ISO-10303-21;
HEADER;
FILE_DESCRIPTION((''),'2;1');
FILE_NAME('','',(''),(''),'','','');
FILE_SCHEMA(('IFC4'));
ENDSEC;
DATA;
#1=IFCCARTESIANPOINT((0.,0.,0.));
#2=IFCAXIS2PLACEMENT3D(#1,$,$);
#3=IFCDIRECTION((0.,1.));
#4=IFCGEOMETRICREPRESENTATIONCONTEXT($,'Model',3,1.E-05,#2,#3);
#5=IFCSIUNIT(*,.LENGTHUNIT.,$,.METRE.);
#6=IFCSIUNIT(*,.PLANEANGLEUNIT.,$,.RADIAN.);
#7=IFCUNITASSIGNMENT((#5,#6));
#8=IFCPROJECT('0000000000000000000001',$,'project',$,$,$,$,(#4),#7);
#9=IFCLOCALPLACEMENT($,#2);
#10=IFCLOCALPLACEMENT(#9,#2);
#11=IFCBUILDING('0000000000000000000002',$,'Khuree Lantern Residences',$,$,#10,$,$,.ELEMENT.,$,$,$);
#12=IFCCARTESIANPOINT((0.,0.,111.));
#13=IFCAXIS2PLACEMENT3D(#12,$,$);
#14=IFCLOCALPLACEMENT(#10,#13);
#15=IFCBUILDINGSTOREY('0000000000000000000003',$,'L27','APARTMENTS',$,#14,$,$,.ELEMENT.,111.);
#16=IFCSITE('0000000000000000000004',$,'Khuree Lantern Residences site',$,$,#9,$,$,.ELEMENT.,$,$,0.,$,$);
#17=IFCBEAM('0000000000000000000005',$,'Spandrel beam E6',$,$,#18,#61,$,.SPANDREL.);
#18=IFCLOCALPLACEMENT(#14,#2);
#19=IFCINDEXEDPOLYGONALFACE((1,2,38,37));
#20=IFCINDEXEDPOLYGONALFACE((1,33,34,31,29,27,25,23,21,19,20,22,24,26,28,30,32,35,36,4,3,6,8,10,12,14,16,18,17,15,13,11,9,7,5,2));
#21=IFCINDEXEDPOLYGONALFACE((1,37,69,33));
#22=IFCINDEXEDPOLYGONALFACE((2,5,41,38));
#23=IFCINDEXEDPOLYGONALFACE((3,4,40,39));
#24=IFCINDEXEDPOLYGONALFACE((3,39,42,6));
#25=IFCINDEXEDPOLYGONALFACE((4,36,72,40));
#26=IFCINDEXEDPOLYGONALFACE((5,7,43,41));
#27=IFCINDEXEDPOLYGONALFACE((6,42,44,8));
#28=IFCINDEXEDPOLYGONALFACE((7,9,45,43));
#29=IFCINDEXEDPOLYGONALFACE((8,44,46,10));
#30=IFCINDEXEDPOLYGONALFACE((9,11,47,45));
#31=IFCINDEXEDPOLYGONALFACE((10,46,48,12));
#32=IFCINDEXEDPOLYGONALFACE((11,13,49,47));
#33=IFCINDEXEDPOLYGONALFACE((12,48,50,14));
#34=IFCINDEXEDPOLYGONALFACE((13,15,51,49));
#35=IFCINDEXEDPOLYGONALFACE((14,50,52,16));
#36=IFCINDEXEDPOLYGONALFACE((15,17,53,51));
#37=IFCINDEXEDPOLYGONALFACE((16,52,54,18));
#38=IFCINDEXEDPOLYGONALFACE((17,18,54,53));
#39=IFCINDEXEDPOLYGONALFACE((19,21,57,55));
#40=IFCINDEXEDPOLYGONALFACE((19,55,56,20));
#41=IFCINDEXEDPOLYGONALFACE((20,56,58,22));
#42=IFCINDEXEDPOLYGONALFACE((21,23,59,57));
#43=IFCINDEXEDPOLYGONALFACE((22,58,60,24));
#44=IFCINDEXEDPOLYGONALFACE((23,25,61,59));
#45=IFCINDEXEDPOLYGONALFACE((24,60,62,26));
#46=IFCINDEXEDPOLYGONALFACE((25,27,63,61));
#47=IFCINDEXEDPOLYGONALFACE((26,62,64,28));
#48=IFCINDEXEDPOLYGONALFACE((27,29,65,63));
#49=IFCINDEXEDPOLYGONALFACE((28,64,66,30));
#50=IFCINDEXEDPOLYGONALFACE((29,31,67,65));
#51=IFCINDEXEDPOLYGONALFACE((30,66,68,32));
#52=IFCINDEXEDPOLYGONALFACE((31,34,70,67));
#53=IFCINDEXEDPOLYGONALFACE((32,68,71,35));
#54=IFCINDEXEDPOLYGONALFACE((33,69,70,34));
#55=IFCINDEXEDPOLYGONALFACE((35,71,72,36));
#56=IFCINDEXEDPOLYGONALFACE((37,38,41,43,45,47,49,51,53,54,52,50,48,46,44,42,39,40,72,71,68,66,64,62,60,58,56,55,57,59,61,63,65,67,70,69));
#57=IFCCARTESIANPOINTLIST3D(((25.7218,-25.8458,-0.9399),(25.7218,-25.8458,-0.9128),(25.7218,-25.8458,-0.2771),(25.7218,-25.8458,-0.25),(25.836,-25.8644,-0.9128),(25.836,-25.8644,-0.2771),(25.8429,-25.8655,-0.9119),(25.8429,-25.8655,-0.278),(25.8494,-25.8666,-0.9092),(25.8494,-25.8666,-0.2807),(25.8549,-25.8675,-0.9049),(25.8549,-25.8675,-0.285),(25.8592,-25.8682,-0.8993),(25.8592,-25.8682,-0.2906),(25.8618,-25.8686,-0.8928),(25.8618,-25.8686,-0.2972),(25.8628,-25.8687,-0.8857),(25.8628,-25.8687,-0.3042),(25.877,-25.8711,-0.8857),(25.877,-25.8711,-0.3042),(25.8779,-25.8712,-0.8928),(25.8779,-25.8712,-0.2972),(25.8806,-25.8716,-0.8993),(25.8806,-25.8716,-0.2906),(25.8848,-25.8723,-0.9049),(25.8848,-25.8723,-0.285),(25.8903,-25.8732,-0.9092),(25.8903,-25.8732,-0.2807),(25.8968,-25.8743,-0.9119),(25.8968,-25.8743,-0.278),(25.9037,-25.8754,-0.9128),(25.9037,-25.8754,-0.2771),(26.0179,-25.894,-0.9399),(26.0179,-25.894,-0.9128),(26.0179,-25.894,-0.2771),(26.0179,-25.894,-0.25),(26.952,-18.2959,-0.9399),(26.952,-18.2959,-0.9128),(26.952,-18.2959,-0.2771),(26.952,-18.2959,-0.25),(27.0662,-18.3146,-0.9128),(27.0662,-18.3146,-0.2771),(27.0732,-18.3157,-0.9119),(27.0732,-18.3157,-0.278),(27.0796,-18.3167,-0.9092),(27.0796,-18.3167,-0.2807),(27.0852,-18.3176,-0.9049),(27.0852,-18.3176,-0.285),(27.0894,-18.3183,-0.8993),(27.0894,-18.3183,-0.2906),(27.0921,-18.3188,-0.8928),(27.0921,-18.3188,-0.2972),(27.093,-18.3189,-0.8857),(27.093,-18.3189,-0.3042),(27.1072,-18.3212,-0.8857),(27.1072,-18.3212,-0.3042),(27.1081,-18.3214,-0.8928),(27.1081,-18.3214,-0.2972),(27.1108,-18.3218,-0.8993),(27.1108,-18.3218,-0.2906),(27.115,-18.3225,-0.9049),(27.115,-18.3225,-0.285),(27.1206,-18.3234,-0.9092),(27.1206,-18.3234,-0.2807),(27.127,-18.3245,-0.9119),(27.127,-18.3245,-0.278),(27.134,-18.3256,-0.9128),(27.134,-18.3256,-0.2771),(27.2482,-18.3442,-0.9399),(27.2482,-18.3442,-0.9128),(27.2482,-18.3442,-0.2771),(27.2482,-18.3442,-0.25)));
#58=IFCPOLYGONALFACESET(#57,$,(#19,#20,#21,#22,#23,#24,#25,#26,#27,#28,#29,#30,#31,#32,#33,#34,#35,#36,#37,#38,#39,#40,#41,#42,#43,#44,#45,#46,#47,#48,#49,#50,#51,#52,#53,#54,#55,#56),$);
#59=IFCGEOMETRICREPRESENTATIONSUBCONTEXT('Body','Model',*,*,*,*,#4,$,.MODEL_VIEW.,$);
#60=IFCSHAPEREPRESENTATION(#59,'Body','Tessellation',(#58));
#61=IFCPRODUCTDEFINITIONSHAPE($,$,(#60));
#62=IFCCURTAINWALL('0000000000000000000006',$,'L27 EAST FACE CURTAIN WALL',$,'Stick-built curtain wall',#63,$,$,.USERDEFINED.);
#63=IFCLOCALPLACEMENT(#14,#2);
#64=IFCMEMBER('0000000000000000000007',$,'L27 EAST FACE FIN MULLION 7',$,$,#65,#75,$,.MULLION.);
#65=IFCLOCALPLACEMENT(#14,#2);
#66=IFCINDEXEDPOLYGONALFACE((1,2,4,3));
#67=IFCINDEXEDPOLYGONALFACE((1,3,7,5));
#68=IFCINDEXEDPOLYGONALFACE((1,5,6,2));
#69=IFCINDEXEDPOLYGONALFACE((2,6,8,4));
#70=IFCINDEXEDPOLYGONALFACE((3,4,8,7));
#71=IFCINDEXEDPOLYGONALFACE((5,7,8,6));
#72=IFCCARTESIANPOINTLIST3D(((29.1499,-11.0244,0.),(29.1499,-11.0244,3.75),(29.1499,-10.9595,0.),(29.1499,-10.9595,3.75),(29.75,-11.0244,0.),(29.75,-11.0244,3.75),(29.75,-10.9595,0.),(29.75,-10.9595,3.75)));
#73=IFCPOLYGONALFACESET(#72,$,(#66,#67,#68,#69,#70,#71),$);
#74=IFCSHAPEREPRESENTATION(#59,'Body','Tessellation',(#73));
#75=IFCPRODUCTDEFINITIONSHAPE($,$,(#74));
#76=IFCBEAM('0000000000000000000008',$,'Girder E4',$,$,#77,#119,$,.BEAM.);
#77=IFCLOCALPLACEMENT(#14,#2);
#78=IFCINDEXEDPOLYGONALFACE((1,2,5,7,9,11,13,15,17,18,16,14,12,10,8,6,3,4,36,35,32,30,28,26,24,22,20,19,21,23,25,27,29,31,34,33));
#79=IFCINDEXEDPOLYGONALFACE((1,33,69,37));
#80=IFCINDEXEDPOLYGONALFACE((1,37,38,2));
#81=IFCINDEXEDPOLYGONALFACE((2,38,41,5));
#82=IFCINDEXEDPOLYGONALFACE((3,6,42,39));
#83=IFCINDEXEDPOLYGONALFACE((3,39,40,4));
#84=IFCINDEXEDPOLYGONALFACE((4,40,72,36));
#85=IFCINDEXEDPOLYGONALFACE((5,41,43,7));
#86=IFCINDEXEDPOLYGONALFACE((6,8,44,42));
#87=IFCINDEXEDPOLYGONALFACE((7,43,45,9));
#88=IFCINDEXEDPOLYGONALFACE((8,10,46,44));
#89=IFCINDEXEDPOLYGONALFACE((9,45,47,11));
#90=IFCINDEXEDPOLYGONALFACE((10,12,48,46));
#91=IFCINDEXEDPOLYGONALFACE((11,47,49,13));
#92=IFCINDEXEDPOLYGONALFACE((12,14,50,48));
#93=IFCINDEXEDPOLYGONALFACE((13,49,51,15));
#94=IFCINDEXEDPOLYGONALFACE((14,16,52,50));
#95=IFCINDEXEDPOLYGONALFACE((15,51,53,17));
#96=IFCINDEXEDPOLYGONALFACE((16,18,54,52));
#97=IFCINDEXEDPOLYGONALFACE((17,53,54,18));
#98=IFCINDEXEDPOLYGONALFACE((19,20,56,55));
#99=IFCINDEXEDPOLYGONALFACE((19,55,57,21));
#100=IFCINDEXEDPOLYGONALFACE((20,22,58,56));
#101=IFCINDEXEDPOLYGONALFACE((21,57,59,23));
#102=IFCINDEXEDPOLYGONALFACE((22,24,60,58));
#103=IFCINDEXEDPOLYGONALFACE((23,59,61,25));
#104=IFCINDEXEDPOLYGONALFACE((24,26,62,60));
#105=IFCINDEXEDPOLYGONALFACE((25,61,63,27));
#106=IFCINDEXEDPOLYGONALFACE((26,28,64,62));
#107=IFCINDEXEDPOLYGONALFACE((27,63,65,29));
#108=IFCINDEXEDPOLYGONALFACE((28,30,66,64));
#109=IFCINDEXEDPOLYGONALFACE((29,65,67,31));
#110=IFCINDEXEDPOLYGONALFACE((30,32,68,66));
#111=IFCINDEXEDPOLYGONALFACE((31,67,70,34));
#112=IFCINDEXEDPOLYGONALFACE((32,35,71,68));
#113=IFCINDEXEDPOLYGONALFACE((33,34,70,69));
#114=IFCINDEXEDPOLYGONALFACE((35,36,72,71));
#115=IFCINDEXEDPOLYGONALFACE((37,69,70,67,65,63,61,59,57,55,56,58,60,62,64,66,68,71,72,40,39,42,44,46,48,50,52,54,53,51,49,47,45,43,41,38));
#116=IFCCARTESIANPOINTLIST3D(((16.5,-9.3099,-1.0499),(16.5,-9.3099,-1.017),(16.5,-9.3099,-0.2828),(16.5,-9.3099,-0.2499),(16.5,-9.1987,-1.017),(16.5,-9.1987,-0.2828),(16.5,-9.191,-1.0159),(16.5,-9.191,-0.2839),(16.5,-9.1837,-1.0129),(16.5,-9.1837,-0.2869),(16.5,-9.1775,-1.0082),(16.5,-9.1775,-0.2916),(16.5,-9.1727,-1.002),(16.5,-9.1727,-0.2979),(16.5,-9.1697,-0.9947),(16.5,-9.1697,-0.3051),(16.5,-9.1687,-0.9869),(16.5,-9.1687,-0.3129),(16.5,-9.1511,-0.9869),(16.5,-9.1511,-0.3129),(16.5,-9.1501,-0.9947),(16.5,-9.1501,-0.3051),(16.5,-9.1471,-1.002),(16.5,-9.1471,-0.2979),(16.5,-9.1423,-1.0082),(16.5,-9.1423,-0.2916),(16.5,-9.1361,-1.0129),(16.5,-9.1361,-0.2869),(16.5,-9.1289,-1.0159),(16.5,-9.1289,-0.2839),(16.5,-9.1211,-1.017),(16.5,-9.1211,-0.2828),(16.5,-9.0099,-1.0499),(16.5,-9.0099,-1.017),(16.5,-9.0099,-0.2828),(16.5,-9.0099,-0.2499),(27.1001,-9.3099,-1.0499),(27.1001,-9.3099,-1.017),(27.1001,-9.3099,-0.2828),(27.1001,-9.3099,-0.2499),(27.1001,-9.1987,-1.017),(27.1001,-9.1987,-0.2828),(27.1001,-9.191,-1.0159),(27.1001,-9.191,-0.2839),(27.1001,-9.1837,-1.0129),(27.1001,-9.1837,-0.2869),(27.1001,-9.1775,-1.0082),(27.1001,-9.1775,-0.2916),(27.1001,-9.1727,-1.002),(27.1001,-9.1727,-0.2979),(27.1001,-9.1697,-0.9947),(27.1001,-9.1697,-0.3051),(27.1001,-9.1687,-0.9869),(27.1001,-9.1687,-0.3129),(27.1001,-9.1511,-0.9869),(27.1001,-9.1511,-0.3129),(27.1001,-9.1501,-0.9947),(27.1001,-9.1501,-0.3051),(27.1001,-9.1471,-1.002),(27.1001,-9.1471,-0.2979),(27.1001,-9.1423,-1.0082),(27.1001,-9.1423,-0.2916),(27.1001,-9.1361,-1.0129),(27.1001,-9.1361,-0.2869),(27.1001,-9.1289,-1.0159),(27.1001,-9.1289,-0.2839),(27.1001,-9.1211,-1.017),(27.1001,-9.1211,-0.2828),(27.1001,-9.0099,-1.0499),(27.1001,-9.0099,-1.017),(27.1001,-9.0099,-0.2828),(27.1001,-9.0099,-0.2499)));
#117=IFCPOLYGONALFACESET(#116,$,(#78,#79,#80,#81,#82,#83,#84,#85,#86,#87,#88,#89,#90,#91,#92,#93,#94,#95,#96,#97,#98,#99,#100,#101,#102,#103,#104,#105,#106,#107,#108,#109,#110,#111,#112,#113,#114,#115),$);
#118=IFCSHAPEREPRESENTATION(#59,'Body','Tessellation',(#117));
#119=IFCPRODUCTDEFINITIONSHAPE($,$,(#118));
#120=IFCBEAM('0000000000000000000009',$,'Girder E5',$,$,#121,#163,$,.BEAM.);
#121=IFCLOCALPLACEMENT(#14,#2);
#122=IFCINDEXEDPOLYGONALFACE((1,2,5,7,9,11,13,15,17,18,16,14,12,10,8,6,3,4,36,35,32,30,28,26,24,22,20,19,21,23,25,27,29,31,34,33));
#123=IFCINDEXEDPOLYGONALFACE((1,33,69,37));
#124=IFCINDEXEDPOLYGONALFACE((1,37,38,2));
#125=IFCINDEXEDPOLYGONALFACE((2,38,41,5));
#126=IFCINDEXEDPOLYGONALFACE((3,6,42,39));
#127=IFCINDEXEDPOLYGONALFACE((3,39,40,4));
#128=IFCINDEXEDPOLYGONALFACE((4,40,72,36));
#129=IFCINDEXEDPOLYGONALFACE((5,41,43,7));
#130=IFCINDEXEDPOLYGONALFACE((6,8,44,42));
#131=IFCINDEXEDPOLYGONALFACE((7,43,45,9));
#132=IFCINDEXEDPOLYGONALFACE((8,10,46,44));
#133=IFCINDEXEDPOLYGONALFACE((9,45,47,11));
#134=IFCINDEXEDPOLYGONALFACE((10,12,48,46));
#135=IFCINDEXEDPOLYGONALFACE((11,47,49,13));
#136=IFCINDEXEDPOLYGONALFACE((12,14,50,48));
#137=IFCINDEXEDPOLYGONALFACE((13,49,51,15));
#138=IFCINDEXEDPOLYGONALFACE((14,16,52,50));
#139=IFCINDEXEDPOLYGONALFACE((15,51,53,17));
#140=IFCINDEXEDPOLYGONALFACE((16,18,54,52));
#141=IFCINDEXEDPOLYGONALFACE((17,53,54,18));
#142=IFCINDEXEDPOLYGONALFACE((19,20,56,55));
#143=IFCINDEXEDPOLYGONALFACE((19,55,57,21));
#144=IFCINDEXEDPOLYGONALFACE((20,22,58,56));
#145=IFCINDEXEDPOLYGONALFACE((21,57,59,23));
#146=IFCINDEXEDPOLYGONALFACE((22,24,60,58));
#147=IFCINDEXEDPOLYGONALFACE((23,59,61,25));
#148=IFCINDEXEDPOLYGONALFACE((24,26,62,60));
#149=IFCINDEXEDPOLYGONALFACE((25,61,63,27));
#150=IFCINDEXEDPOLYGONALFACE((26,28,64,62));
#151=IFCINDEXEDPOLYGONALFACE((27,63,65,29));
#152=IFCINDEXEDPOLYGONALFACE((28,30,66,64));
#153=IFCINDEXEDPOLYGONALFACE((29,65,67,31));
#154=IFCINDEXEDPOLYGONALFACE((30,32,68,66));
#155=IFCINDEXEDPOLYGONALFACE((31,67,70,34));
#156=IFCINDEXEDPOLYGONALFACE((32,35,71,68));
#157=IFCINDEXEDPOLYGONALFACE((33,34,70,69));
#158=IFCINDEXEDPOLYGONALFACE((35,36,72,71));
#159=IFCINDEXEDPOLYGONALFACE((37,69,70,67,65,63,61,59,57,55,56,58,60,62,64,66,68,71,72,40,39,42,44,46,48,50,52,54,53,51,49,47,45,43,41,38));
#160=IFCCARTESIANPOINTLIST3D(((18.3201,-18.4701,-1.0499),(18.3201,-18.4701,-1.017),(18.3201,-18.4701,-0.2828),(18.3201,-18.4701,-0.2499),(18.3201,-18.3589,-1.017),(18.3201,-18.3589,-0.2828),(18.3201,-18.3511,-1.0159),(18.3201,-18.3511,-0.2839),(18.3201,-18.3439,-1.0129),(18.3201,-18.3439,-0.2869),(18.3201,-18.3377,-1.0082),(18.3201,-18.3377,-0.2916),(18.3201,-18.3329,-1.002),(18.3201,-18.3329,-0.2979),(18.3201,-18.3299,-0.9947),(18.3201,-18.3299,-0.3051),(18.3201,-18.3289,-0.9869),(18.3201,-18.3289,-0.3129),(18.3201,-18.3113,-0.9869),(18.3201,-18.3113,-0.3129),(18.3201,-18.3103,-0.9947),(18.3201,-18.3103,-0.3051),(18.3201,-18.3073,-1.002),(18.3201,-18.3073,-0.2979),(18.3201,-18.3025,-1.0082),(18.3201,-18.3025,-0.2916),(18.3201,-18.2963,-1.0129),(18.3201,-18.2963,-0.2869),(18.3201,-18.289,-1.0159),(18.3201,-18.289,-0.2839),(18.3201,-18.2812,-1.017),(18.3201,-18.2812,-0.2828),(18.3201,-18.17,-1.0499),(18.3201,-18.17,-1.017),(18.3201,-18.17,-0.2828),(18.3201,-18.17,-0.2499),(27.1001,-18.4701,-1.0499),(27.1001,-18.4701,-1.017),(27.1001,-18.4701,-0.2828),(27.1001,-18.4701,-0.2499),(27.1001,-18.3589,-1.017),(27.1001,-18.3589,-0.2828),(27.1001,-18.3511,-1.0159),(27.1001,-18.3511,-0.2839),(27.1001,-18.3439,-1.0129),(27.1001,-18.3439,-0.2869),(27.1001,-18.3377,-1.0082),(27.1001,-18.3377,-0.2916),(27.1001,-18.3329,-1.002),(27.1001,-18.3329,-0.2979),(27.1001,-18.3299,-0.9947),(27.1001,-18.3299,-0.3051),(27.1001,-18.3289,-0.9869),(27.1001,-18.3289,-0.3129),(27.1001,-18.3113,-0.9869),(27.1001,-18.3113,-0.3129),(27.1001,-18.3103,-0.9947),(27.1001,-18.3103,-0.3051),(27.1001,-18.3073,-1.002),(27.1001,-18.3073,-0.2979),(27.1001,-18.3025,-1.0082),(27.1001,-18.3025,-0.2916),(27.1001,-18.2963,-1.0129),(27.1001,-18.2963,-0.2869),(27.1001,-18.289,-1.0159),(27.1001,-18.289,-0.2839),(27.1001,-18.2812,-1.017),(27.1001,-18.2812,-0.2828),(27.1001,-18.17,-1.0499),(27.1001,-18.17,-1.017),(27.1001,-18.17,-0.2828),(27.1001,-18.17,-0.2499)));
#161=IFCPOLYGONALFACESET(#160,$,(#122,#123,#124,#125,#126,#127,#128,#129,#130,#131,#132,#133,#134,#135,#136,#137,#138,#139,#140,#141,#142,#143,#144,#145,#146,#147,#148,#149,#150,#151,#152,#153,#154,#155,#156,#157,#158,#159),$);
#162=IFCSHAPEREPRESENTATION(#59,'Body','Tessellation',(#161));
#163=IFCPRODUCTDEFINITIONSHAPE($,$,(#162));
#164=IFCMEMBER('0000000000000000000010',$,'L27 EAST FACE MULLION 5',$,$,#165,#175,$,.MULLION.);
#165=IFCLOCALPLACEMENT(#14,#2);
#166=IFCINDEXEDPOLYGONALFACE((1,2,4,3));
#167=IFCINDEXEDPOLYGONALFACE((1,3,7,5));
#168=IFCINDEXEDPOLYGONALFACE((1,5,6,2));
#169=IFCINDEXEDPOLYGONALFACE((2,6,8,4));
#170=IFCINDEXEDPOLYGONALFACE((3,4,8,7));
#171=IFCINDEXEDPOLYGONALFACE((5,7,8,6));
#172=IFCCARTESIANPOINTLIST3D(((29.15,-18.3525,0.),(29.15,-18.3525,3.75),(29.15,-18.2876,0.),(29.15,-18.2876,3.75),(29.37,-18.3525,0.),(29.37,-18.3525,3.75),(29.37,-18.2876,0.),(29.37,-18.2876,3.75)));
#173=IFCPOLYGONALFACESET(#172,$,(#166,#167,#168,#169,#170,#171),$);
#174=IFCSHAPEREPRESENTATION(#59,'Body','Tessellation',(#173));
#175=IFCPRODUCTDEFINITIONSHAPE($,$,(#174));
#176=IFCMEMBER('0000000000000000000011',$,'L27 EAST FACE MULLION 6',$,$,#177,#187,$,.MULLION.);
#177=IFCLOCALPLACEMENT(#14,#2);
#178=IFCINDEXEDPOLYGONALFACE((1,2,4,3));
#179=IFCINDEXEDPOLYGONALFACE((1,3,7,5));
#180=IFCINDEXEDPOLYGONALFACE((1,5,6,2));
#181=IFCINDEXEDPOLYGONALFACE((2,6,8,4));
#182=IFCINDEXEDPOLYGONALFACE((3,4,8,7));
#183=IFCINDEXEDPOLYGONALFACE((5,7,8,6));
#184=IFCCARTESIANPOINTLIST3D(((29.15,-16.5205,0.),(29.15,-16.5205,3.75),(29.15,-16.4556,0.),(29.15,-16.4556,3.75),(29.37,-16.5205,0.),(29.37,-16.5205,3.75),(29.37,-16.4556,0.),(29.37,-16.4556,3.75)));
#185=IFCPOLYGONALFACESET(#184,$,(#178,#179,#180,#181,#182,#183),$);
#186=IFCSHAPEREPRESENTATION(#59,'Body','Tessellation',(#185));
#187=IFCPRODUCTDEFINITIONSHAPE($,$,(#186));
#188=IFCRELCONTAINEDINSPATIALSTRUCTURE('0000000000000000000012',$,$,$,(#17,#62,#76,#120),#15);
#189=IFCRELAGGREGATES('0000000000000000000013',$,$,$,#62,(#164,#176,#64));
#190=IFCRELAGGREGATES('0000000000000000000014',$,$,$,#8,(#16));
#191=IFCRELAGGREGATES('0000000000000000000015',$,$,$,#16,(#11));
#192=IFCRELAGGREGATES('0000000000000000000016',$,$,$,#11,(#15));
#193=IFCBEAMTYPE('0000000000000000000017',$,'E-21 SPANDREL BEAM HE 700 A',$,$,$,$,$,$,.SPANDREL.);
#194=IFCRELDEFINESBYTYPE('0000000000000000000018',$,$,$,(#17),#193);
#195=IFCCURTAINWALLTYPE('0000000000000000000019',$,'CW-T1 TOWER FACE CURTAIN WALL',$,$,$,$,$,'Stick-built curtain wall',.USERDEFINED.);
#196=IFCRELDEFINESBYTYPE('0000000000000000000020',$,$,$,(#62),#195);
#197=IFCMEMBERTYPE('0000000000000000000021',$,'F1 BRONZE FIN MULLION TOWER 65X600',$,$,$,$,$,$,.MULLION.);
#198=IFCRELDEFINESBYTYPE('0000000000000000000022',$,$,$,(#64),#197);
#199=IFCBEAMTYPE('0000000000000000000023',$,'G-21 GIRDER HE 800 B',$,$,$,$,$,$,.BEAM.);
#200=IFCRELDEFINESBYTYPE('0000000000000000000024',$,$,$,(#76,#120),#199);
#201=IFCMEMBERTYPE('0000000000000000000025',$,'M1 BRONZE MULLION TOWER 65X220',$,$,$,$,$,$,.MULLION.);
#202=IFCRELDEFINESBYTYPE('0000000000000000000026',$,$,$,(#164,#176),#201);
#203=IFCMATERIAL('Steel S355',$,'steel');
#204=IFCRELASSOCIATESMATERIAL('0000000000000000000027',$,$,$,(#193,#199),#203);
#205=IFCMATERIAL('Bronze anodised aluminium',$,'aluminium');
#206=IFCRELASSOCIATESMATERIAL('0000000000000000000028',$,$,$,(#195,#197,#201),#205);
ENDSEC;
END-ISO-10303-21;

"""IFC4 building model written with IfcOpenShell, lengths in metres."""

from ifc_helpers import new_model, si_unit, direction, frame, origin, origin_2d, place, context, subcontext, project, spatial, rectangle, i_section, extrude, material, material_profile, profile_set, type_object, element, aggregate, save


model = new_model("IFC4")

# Units and contexts
model_context = context("Model", 3, precision=1e-05, world=origin(), true_north=direction((0.0, 1.0)))
body_context = subcontext(model_context, "Body", "Model", "MODEL_VIEW")
ifc_project = project(units=[si_unit("LENGTHUNIT", "METRE"), si_unit("PLANEANGLEUNIT", "RADIAN")], contexts=[model_context])

# Site, building, storey
site_placement = place(None, origin())
site = spatial("IfcSite", under=ifc_project, at=site_placement, Name="Khuree Lantern Residences site", CompositionType="ELEMENT", RefElevation=0.0)
building_placement = place(site_placement, origin())
building = spatial("IfcBuilding", under=site, at=building_placement, Name="Khuree Lantern Residences", CompositionType="ELEMENT")
storey_placement = place(building_placement, frame((0.0, 0.0, 111.0)))
storey = spatial("IfcBuildingStorey", under=building, at=storey_placement, Name="L27", Description="APARTMENTS", CompositionType="ELEMENT", Elevation=111.0)

# Beam
ifc_material_1 = material(Name="Steel S355", Category="steel")
ifc_material_profile_1 = material_profile(ifc_material_1, i_section(OverallWidth=0.3, OverallDepth=0.6899, WebThickness=0.0144, FlangeThickness=0.0271, FilletRadius=0.0271, at=origin_2d()), Name="HE 700 A")
ifc_profile_set_1 = profile_set([ifc_material_profile_1], Name="Steel S355")
beam_type_1 = type_object("IfcBeamType", Name="E-21 SPANDREL BEAM HE 700 A", PredefinedType="SPANDREL", material=ifc_profile_set_1)
beam_1_placement = place(storey_placement, frame((27.1001, -18.3201, -0.595), z_axis=(-0.160827, -0.986983, 0.0), x_axis=(0.986983, -0.160827, 0.0)))
element("IfcBeam", 1, at=beam_1_placement, inside=storey, type_object=beam_type_1, Name="Spandrel beam E6", PredefinedType="SPANDREL", context=body_context, shape_type="SweptSolid", body=[
    extrude(i_section(OverallWidth=0.3, OverallDepth=0.6899, WebThickness=0.0144, FlangeThickness=0.0271, FilletRadius=0.0271, at=origin_2d()), origin(), (0.0, 0.0, 1.0), 7.6494),
])

# Curtain wall, member
ifc_material_2 = material(Name="Bronze anodised aluminium", Category="aluminium")
curtain_wall_type = type_object("IfcCurtainWallType", Name="CW-T1 TOWER FACE CURTAIN WALL", ElementType="Stick-built curtain wall", PredefinedType="USERDEFINED", material=ifc_material_2)
curtain_wall_placement = place(storey_placement, origin())
curtain_wall = element("IfcCurtainWall", 2, at=curtain_wall_placement, inside=storey, type_object=curtain_wall_type, Name="L27 EAST FACE CURTAIN WALL", ObjectType="Stick-built curtain wall", PredefinedType="USERDEFINED")
ifc_material_profile_2 = material_profile(ifc_material_2, rectangle(XDim=0.0649, YDim=0.6001, at=origin_2d()), Name="F1 65X600")
ifc_profile_set_2 = profile_set([ifc_material_profile_2], Name="Bronze anodised aluminium")
member_type_1 = type_object("IfcMemberType", Name="F1 BRONZE FIN MULLION TOWER 65X600", PredefinedType="MULLION", material=ifc_profile_set_2)
member_1_placement = place(storey_placement, frame((29.45, -10.9919, 0.0), z_axis=(0.0, 0.0, 1.0), x_axis=(0.0, 1.0, 0.0)))
member_1 = element("IfcMember", 3, at=member_1_placement, type_object=member_type_1, Name="L27 EAST FACE FIN MULLION 7", PredefinedType="MULLION", context=body_context, shape_type="SweptSolid", body=[
    extrude(rectangle(XDim=0.0649, YDim=0.6001, at=origin_2d()), origin(), (0.0, 0.0, 1.0), 3.75),
])

# Beams
ifc_material_profile_3 = material_profile(ifc_material_1, i_section(OverallWidth=0.3, OverallDepth=0.8, WebThickness=0.0176, FlangeThickness=0.033, FilletRadius=0.03, at=origin_2d()), Name="HE 800 B")
ifc_profile_set_3 = profile_set([ifc_material_profile_3], Name="Steel S355")
beam_type_2 = type_object("IfcBeamType", Name="G-21 GIRDER HE 800 B", PredefinedType="BEAM", material=ifc_profile_set_3)
beam_2_placement = place(storey_placement, frame((27.1001, -9.1599, -0.6499), z_axis=(-1.0, 0.0, 0.0), x_axis=(0.0, -1.0, 0.0)))
element("IfcBeam", 4, at=beam_2_placement, inside=storey, type_object=beam_type_2, Name="Girder E4", PredefinedType="BEAM", context=body_context, shape_type="SweptSolid", body=[
    extrude(i_section(OverallWidth=0.3, OverallDepth=0.8, WebThickness=0.0176, FlangeThickness=0.033, FilletRadius=0.03, at=origin_2d()), origin(), (0.0, 0.0, 1.0), 10.6001),
])
beam_3_placement = place(storey_placement, frame((27.1001, -18.3201, -0.6499), z_axis=(-1.0, 0.0, 0.0), x_axis=(0.0, -1.0, 0.0)))
element("IfcBeam", 5, at=beam_3_placement, inside=storey, type_object=beam_type_2, Name="Girder E5", PredefinedType="BEAM", context=body_context, shape_type="SweptSolid", body=[
    extrude(i_section(OverallWidth=0.3, OverallDepth=0.8, WebThickness=0.0176, FlangeThickness=0.033, FilletRadius=0.03, at=origin_2d()), origin(), (0.0, 0.0, 1.0), 8.78),
])

# Members
ifc_material_profile_4 = material_profile(ifc_material_2, rectangle(XDim=0.0649, YDim=0.22, at=origin_2d()), Name="M1 65X220")
ifc_profile_set_4 = profile_set([ifc_material_profile_4], Name="Bronze anodised aluminium")
member_type_2 = type_object("IfcMemberType", Name="M1 BRONZE MULLION TOWER 65X220", PredefinedType="MULLION", material=ifc_profile_set_4)
member_2_placement = place(storey_placement, frame((29.26, -18.3201, 0.0), z_axis=(0.0, 0.0, 1.0), x_axis=(0.0, 1.0, 0.0)))
member_2 = element("IfcMember", 6, at=member_2_placement, type_object=member_type_2, Name="L27 EAST FACE MULLION 5", PredefinedType="MULLION", context=body_context, shape_type="SweptSolid", body=[
    extrude(rectangle(XDim=0.0649, YDim=0.22, at=origin_2d()), origin(), (0.0, 0.0, 1.0), 3.75),
])
member_3_placement = place(storey_placement, frame((29.26, -16.488, 0.0), z_axis=(0.0, 0.0, 1.0), x_axis=(0.0, 1.0, 0.0)))
member_3 = element("IfcMember", 7, at=member_3_placement, type_object=member_type_2, Name="L27 EAST FACE MULLION 6", PredefinedType="MULLION", context=body_context, shape_type="SweptSolid", body=[
    extrude(rectangle(XDim=0.0649, YDim=0.22, at=origin_2d()), origin(), (0.0, 0.0, 1.0), 3.75),
])

aggregate(curtain_wall, [member_2, member_3, member_1])

save(model, "model.ifc")
